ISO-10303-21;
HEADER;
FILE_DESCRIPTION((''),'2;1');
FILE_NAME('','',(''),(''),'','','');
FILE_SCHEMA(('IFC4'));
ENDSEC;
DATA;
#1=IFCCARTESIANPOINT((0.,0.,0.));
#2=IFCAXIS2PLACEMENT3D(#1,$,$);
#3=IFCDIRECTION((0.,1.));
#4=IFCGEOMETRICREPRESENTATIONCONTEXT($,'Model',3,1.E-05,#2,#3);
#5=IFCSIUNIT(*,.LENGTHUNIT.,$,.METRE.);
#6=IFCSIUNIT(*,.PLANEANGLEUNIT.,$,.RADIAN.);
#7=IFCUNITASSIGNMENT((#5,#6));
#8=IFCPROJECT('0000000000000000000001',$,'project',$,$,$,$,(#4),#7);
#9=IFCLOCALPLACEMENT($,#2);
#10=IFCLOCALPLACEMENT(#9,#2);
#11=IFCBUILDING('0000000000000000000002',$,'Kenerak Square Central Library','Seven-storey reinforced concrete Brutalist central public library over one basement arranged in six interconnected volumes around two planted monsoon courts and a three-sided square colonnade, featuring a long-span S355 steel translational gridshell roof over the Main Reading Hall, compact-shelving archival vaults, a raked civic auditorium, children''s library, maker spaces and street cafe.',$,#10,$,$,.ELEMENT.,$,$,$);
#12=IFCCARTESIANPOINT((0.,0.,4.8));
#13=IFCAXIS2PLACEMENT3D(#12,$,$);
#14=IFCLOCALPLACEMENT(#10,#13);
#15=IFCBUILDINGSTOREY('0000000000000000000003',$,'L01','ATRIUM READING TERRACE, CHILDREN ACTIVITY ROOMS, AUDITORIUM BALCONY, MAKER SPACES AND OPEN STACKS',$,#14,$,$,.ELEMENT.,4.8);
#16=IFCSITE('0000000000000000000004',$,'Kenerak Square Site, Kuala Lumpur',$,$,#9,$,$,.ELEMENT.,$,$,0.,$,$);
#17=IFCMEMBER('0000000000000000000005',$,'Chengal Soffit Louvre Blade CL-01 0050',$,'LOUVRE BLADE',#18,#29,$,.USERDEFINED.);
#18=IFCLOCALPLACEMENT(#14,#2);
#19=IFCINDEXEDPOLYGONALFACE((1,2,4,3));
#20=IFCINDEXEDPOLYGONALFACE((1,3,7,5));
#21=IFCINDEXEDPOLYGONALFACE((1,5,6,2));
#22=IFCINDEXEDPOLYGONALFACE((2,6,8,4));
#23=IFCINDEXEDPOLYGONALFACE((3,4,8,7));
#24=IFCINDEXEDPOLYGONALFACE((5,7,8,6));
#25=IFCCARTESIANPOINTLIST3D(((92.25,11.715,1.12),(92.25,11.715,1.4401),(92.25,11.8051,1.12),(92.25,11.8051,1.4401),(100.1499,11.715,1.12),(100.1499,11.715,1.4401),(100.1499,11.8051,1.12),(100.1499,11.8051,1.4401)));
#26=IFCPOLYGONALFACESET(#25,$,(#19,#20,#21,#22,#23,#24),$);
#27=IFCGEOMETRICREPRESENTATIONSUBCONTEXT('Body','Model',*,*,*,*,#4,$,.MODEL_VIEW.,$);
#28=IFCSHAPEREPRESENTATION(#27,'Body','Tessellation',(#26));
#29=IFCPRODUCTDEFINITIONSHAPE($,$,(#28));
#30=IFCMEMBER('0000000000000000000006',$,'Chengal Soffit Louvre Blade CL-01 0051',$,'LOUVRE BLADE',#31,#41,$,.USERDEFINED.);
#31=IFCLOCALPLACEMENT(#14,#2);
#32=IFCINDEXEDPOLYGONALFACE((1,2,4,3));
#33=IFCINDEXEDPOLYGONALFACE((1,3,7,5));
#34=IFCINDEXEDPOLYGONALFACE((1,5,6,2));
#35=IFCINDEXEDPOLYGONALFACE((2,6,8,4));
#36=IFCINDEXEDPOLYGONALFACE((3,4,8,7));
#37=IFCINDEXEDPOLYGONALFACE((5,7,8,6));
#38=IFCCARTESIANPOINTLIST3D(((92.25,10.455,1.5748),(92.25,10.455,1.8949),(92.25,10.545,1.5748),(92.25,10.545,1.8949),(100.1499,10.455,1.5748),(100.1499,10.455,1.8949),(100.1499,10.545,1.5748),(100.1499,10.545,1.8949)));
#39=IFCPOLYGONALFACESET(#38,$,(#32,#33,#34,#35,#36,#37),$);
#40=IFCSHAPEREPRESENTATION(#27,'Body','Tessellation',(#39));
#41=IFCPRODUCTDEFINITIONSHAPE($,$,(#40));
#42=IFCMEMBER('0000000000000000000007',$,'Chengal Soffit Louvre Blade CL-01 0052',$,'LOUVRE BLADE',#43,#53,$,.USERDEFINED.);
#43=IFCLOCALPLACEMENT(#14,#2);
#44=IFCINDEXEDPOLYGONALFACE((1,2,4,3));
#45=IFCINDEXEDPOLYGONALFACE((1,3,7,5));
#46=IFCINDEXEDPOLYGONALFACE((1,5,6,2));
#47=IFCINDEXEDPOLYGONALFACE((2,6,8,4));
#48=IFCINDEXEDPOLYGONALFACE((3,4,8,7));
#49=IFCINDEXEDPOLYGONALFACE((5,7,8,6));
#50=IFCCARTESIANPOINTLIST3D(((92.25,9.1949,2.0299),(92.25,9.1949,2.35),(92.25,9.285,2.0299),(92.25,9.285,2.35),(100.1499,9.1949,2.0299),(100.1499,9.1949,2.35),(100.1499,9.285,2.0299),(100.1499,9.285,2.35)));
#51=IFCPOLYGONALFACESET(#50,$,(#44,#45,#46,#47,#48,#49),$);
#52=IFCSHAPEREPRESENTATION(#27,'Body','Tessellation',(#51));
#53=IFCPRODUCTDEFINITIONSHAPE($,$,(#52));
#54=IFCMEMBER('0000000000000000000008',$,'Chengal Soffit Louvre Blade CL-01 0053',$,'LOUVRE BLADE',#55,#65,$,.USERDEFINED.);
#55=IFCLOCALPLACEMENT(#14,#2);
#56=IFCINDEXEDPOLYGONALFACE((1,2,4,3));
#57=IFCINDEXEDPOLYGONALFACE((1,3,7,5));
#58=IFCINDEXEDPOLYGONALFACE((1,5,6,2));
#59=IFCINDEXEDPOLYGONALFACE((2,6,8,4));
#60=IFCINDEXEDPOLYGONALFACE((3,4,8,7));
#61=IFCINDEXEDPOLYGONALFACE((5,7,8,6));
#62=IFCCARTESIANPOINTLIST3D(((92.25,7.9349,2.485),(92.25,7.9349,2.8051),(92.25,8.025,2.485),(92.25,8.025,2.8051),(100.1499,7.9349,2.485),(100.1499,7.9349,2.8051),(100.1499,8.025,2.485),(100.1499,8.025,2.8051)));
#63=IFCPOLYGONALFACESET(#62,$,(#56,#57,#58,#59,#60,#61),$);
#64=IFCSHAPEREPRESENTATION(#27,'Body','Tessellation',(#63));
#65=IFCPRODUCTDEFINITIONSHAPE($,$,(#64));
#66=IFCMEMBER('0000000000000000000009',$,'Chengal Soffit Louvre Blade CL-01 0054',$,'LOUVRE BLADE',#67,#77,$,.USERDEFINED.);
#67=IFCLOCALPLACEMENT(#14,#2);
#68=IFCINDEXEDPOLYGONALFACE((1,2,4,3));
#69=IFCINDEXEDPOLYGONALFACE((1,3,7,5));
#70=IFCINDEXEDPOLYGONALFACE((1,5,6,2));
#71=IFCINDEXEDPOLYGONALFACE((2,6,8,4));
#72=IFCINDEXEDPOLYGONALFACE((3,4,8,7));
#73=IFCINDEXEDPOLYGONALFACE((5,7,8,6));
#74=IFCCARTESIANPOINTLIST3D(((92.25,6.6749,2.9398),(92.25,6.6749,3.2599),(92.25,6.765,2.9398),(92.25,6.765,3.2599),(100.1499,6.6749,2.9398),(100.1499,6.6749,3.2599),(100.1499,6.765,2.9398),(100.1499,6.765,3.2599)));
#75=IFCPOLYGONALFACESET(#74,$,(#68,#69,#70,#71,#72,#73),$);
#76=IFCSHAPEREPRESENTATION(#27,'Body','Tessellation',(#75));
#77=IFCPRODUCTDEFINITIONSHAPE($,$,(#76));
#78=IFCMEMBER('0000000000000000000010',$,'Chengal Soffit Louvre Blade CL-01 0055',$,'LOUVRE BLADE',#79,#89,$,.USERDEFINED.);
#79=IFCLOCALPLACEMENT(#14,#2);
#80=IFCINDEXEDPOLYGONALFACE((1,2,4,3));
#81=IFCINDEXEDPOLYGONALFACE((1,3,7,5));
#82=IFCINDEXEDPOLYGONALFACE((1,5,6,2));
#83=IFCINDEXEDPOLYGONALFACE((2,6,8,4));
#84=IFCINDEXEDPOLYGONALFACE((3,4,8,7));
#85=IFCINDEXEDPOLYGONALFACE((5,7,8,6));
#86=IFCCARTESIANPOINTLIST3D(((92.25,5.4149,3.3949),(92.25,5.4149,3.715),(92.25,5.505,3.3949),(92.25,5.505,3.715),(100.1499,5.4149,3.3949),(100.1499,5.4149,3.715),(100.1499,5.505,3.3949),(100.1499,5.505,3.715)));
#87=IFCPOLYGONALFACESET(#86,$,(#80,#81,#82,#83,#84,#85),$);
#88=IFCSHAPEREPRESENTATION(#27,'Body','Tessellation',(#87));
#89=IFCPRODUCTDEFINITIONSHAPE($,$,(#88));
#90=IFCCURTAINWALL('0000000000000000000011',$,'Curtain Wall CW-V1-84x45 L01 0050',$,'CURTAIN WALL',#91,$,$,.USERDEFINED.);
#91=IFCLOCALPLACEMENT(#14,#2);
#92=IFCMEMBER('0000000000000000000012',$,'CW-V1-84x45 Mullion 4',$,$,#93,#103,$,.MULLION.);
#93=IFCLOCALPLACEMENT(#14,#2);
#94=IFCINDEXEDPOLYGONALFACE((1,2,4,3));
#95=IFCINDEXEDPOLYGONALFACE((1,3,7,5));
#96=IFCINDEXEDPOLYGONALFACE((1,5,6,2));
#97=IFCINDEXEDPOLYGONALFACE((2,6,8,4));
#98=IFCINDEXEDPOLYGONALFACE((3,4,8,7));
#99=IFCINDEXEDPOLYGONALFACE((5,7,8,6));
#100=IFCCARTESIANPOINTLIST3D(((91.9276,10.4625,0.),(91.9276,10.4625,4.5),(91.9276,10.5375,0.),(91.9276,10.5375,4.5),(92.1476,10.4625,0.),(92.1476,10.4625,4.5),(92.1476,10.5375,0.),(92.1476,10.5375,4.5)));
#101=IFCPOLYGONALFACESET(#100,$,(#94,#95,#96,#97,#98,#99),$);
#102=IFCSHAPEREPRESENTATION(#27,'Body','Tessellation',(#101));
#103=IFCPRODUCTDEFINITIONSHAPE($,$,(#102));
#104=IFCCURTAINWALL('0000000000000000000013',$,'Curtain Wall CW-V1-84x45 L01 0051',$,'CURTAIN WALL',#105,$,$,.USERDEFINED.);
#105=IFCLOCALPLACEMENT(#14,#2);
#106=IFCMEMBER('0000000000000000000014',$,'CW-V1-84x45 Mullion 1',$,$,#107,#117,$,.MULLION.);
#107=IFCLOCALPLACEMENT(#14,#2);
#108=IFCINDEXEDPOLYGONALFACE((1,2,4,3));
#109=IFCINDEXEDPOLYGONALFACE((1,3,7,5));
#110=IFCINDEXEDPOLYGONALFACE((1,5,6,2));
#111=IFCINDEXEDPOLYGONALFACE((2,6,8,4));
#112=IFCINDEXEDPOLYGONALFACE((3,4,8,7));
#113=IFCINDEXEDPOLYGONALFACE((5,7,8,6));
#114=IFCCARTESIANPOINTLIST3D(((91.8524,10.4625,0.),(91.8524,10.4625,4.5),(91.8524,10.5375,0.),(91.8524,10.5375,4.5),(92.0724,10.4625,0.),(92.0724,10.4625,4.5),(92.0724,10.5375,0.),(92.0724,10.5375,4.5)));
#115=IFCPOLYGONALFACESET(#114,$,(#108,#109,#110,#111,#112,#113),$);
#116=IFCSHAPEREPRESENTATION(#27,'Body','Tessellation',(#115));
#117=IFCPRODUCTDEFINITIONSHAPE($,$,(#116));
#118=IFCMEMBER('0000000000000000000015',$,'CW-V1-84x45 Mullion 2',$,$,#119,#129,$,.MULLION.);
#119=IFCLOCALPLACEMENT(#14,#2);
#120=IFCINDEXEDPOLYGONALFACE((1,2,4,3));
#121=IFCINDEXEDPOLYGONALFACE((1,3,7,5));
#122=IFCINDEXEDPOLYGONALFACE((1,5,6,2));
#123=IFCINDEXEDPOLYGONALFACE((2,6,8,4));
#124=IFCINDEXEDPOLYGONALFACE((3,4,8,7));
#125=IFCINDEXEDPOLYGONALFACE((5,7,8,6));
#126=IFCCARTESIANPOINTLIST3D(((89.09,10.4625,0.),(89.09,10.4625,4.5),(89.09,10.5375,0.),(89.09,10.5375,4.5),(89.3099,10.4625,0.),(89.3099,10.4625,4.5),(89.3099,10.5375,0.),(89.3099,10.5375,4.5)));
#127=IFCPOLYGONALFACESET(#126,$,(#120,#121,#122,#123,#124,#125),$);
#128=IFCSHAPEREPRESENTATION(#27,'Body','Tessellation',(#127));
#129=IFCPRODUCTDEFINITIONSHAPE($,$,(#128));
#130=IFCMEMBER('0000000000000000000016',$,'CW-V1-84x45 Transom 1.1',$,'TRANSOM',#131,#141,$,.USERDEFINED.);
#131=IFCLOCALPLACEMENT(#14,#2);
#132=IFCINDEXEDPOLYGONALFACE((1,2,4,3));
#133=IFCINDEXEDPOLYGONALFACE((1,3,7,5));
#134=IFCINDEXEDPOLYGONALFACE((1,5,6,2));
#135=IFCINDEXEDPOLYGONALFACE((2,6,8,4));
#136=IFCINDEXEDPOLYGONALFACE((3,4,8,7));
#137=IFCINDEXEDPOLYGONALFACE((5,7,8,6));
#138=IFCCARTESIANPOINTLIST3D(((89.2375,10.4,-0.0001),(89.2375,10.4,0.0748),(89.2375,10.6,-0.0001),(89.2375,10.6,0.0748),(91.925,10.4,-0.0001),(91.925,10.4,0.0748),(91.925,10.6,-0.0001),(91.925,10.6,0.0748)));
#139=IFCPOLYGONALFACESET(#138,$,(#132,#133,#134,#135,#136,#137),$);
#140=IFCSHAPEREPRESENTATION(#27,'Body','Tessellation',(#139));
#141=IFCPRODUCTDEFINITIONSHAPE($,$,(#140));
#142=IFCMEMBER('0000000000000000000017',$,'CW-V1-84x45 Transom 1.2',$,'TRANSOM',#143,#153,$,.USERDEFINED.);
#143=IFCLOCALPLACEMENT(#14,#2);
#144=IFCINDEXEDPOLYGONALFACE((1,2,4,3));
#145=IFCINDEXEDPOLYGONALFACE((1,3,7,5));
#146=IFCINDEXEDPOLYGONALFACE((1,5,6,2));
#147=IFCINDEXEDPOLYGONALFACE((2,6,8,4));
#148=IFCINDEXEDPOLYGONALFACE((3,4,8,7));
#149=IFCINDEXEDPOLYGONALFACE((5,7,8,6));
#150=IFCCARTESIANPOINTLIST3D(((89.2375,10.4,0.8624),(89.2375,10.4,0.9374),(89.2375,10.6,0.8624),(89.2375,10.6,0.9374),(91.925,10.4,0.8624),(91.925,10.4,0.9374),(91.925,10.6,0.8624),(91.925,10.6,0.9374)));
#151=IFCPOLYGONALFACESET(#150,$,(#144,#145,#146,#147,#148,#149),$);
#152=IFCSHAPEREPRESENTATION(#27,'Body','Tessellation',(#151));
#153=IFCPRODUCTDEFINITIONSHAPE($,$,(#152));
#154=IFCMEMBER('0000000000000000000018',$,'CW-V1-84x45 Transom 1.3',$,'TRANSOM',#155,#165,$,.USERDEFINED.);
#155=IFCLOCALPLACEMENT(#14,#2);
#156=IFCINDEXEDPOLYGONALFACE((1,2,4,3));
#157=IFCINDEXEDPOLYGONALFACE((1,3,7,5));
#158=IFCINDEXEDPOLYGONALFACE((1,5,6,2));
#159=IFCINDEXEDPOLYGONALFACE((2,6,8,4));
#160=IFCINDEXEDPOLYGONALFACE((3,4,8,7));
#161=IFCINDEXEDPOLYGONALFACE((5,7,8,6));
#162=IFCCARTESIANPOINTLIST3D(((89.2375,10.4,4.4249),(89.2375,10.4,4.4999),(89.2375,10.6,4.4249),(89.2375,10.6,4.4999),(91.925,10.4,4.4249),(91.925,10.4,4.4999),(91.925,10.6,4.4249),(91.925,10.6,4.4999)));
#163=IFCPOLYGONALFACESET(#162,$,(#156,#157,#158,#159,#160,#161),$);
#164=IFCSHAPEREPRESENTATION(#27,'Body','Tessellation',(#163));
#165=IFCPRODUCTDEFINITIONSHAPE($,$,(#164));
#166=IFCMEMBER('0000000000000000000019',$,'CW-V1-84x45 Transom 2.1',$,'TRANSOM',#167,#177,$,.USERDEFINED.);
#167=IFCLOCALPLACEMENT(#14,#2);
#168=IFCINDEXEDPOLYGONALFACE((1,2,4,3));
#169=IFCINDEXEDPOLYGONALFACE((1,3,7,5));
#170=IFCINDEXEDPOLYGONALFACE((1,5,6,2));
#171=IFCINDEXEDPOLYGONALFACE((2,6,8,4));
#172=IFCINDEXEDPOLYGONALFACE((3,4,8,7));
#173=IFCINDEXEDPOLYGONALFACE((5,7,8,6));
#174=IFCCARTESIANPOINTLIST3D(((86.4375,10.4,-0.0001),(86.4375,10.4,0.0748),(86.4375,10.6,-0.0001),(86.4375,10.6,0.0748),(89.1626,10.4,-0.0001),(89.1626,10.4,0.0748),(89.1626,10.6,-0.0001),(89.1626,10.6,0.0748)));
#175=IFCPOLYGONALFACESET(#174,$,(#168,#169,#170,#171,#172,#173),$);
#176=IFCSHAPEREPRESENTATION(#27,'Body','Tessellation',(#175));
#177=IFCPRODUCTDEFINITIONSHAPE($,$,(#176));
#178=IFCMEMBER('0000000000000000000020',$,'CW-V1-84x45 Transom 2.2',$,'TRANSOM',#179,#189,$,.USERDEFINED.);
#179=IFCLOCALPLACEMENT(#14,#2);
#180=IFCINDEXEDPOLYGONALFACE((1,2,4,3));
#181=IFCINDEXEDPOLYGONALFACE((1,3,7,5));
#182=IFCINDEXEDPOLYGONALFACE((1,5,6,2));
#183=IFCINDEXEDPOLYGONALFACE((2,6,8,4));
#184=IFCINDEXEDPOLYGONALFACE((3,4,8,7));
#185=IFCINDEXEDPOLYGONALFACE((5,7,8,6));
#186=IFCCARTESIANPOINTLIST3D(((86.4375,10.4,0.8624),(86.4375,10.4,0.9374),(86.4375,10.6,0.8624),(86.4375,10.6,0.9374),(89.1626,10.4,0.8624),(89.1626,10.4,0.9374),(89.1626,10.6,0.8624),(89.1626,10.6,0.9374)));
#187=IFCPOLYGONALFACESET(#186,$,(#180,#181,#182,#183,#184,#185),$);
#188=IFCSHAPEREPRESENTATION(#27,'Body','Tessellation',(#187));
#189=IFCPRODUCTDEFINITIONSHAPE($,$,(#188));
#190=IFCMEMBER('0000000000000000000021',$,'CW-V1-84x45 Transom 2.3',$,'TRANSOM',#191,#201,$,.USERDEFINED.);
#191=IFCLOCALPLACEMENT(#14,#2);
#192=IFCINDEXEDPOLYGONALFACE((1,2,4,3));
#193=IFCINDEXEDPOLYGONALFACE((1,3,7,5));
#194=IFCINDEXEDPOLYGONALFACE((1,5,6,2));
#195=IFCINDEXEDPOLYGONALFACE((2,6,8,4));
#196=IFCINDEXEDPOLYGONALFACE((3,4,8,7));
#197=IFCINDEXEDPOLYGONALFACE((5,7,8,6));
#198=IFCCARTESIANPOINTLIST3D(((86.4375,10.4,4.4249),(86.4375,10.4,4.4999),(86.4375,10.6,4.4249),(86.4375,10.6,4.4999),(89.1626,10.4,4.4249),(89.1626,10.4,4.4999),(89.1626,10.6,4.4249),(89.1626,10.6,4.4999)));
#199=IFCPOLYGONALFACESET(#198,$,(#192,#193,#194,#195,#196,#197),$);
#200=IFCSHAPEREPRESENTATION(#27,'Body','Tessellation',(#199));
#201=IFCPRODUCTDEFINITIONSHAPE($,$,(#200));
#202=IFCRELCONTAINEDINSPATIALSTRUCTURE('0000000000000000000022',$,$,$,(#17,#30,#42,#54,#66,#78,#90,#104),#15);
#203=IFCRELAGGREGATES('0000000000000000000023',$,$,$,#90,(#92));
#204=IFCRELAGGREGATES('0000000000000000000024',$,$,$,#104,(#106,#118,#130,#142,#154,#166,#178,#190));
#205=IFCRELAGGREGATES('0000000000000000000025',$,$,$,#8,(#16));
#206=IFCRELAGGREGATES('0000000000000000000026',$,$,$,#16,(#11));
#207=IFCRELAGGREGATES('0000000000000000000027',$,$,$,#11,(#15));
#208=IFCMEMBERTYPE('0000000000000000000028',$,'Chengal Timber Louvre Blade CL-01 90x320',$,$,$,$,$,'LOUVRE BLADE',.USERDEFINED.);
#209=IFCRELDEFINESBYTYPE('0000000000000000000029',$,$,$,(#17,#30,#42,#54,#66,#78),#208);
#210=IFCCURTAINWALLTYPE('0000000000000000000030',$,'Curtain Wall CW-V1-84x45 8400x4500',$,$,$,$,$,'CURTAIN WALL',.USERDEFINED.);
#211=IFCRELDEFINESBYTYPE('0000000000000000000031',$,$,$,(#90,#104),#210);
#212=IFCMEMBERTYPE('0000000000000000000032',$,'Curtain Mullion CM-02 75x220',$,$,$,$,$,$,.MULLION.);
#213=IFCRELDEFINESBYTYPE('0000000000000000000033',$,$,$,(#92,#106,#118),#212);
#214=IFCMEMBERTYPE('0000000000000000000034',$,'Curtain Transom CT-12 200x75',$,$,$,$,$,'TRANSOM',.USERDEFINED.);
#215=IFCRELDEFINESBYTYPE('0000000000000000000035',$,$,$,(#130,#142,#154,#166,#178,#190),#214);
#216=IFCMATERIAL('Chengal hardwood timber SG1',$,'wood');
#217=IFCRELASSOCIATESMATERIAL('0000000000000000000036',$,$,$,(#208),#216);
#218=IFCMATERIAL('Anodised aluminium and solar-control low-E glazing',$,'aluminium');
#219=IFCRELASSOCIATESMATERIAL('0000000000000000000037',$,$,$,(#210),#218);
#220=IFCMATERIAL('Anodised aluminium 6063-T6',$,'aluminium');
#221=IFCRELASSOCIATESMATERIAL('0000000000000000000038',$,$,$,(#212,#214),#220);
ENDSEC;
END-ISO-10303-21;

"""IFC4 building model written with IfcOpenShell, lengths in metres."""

from ifc_helpers import new_model, si_unit, direction, frame, origin, origin_2d, place, context, subcontext, project, spatial, rectangle, extrude, material, material_profile, profile_set, type_object, element, aggregate, save


model = new_model("IFC4")

# Units and contexts
model_context = context("Model", 3, precision=1e-05, world=origin(), true_north=direction((0.0, 1.0)))
body_context = subcontext(model_context, "Body", "Model", "MODEL_VIEW")
ifc_project = project(units=[si_unit("LENGTHUNIT", "METRE"), si_unit("PLANEANGLEUNIT", "RADIAN")], contexts=[model_context])

# Site, building, storey
site_placement = place(None, origin())
site = spatial("IfcSite", under=ifc_project, at=site_placement, Name="Kenerak Square Site, Kuala Lumpur", CompositionType="ELEMENT", RefElevation=0.0)
building_placement = place(site_placement, origin())
building = spatial("IfcBuilding", under=site, at=building_placement, Name="Kenerak Square Central Library", Description="Seven-storey reinforced concrete Brutalist central public library over one basement arranged in six interconnected volumes around two planted monsoon courts and a three-sided square colonnade, featuring a long-span S355 steel translational gridshell roof over the Main Reading Hall, compact-shelving archival vaults, a raked civic auditorium, children's library, maker spaces and street cafe.", CompositionType="ELEMENT")
storey_placement = place(building_placement, frame((0.0, 0.0, 4.8)))
storey = spatial("IfcBuildingStorey", under=building, at=storey_placement, Name="L01", Description="ATRIUM READING TERRACE, CHILDREN ACTIVITY ROOMS, AUDITORIUM BALCONY, MAKER SPACES AND OPEN STACKS", CompositionType="ELEMENT", Elevation=4.8)

# Members
ifc_material_1 = material(Name="Chengal hardwood timber SG1", Category="wood")
ifc_material_profile_1 = material_profile(ifc_material_1, rectangle(XDim=0.0901, YDim=0.3201, at=origin_2d()), Name="CHENGAL 90x320")
ifc_profile_set_1 = profile_set([ifc_material_profile_1], Name="Chengal hardwood timber SG1")
member_type_1 = type_object("IfcMemberType", Name="Chengal Timber Louvre Blade CL-01 90x320", ElementType="LOUVRE BLADE", PredefinedType="USERDEFINED", material=ifc_profile_set_1)
for number, where, z_axis, x_axis, name in (
    (1, (92.25, 11.76, 1.28), (1.0, 0.0, 0.0), (0.0, 1.0, 0.0), "Chengal Soffit Louvre Blade CL-01 0050"),
    (2, (92.25, 10.5, 1.7349), (1.0, 0.0, 0.0), (0.0, 1.0, 0.0), "Chengal Soffit Louvre Blade CL-01 0051"),
    (3, (92.25, 9.24, 2.1899), (1.0, 0.0, 0.0), (0.0, 1.0, 0.0), "Chengal Soffit Louvre Blade CL-01 0052"),
    (4, (92.25, 7.98, 2.645), (1.0, 0.0, 0.0), (0.0, 1.0, 0.0), "Chengal Soffit Louvre Blade CL-01 0053"),
    (5, (92.25, 6.72, 3.0999), (1.0, 0.0, 0.0), (0.0, 1.0, 0.0), "Chengal Soffit Louvre Blade CL-01 0054"),
    (6, (92.25, 5.46, 3.5549), (1.0, 0.0, 0.0), (0.0, 1.0, 0.0), "Chengal Soffit Louvre Blade CL-01 0055"),
):
    element("IfcMember", number, at=place(storey_placement, frame(where, z_axis=z_axis, x_axis=x_axis)), inside=storey, type_object=member_type_1, Name=name, ObjectType="LOUVRE BLADE", PredefinedType="USERDEFINED", context=body_context, shape_type="SweptSolid", body=[
        extrude(rectangle(XDim=0.0901, YDim=0.3201, at=origin_2d()), origin(), (0.0, 0.0, 1.0), 7.8999),
    ])

# Curtain wall, member
ifc_material_2 = material(Name="Anodised aluminium and solar-control low-E glazing", Category="aluminium")
curtain_wall_type = type_object("IfcCurtainWallType", Name="Curtain Wall CW-V1-84x45 8400x4500", ElementType="CURTAIN WALL", PredefinedType="USERDEFINED", material=ifc_material_2)
curtain_wall_1_placement = place(storey_placement, origin())
curtain_wall_1 = element("IfcCurtainWall", 7, at=curtain_wall_1_placement, inside=storey, type_object=curtain_wall_type, Name="Curtain Wall CW-V1-84x45 L01 0050", ObjectType="CURTAIN WALL", PredefinedType="USERDEFINED")
ifc_material_3 = material(Name="Anodised aluminium 6063-T6", Category="aluminium")
ifc_material_profile_2 = material_profile(ifc_material_3, rectangle(XDim=0.075, YDim=0.22, at=origin_2d()), Name="AL MULLION 75x220")
ifc_profile_set_2 = profile_set([ifc_material_profile_2], Name="Anodised aluminium 6063-T6")
member_type_2 = type_object("IfcMemberType", Name="Curtain Mullion CM-02 75x220", PredefinedType="MULLION", material=ifc_profile_set_2)
member_1_placement = place(storey_placement, frame((92.0376, 10.5, 0.0), z_axis=(0.0, 0.0, 1.0), x_axis=(0.0, -1.0, 0.0)))
member_1 = element("IfcMember", 8, at=member_1_placement, type_object=member_type_2, Name="CW-V1-84x45 Mullion 4", PredefinedType="MULLION", context=body_context, shape_type="SweptSolid", body=[
    extrude(rectangle(XDim=0.075, YDim=0.22, at=origin_2d()), origin(), (0.0, 0.0, 1.0), 4.5),
])

# Curtain wall, members
curtain_wall_2_placement = place(storey_placement, origin())
curtain_wall_2 = element("IfcCurtainWall", 9, at=curtain_wall_2_placement, inside=storey, type_object=curtain_wall_type, Name="Curtain Wall CW-V1-84x45 L01 0051", ObjectType="CURTAIN WALL", PredefinedType="USERDEFINED")
member_2_placement = place(storey_placement, frame((91.9624, 10.5, 0.0), z_axis=(0.0, 0.0, 1.0), x_axis=(0.0, -1.0, 0.0)))
member_2 = element("IfcMember", 10, at=member_2_placement, type_object=member_type_2, Name="CW-V1-84x45 Mullion 1", PredefinedType="MULLION", context=body_context, shape_type="SweptSolid", body=[
    extrude(rectangle(XDim=0.075, YDim=0.22, at=origin_2d()), origin(), (0.0, 0.0, 1.0), 4.5),
])
member_3_placement = place(storey_placement, frame((89.2, 10.5, 0.0), z_axis=(0.0, 0.0, 1.0), x_axis=(0.0, -1.0, 0.0)))
member_3 = element("IfcMember", 11, at=member_3_placement, type_object=member_type_2, Name="CW-V1-84x45 Mullion 2", PredefinedType="MULLION", context=body_context, shape_type="SweptSolid", body=[
    extrude(rectangle(XDim=0.075, YDim=0.22, at=origin_2d()), origin(), (0.0, 0.0, 1.0), 4.5),
])
ifc_material_profile_3 = material_profile(ifc_material_3, rectangle(XDim=0.2, YDim=0.075, at=origin_2d()), Name="AL TRANSOM 200x75")
ifc_profile_set_3 = profile_set([ifc_material_profile_3], Name="Anodised aluminium 6063-T6")
member_type_3 = type_object("IfcMemberType", Name="Curtain Transom CT-12 200x75", ElementType="TRANSOM", PredefinedType="USERDEFINED", material=ifc_profile_set_3)
member_4_placement = place(storey_placement, frame((91.925, 10.5, 0.0374), z_axis=(-1.0, 0.0, 0.0), x_axis=(0.0, -1.0, 0.0)))
member_4 = element("IfcMember", 12, at=member_4_placement, type_object=member_type_3, Name="CW-V1-84x45 Transom 1.1", ObjectType="TRANSOM", PredefinedType="USERDEFINED", context=body_context, shape_type="SweptSolid", body=[
    extrude(rectangle(XDim=0.2, YDim=0.075, at=origin_2d()), origin(), (0.0, 0.0, 1.0), 2.6875),
])
member_5_placement = place(storey_placement, frame((91.925, 10.5, 0.8999), z_axis=(-1.0, 0.0, 0.0), x_axis=(0.0, -1.0, 0.0)))
member_5 = element("IfcMember", 13, at=member_5_placement, type_object=member_type_3, Name="CW-V1-84x45 Transom 1.2", ObjectType="TRANSOM", PredefinedType="USERDEFINED", context=body_context, shape_type="SweptSolid", body=[
    extrude(rectangle(XDim=0.2, YDim=0.075, at=origin_2d()), origin(), (0.0, 0.0, 1.0), 2.6875),
])
member_6_placement = place(storey_placement, frame((91.925, 10.5, 4.4624), z_axis=(-1.0, 0.0, 0.0), x_axis=(0.0, -1.0, 0.0)))
member_6 = element("IfcMember", 14, at=member_6_placement, type_object=member_type_3, Name="CW-V1-84x45 Transom 1.3", ObjectType="TRANSOM", PredefinedType="USERDEFINED", context=body_context, shape_type="SweptSolid", body=[
    extrude(rectangle(XDim=0.2, YDim=0.075, at=origin_2d()), origin(), (0.0, 0.0, 1.0), 2.6875),
])
member_7_placement = place(storey_placement, frame((89.1626, 10.5, 0.0374), z_axis=(-1.0, 0.0, 0.0), x_axis=(0.0, -1.0, 0.0)))
member_7 = element("IfcMember", 15, at=member_7_placement, type_object=member_type_3, Name="CW-V1-84x45 Transom 2.1", ObjectType="TRANSOM", PredefinedType="USERDEFINED", context=body_context, shape_type="SweptSolid", body=[
    extrude(rectangle(XDim=0.2, YDim=0.075, at=origin_2d()), origin(), (0.0, 0.0, 1.0), 2.7251),
])
member_8_placement = place(storey_placement, frame((89.1626, 10.5, 0.8999), z_axis=(-1.0, 0.0, 0.0), x_axis=(0.0, -1.0, 0.0)))
member_8 = element("IfcMember", 16, at=member_8_placement, type_object=member_type_3, Name="CW-V1-84x45 Transom 2.2", ObjectType="TRANSOM", PredefinedType="USERDEFINED", context=body_context, shape_type="SweptSolid", body=[
    extrude(rectangle(XDim=0.2, YDim=0.075, at=origin_2d()), origin(), (0.0, 0.0, 1.0), 2.7251),
])
member_9_placement = place(storey_placement, frame((89.1626, 10.5, 4.4624), z_axis=(-1.0, 0.0, 0.0), x_axis=(0.0, -1.0, 0.0)))
member_9 = element("IfcMember", 17, at=member_9_placement, type_object=member_type_3, Name="CW-V1-84x45 Transom 2.3", ObjectType="TRANSOM", PredefinedType="USERDEFINED", context=body_context, shape_type="SweptSolid", body=[
    extrude(rectangle(XDim=0.2, YDim=0.075, at=origin_2d()), origin(), (0.0, 0.0, 1.0), 2.7251),
])

aggregate(curtain_wall_1, [member_1])
aggregate(curtain_wall_2, [member_2, member_3, member_4, member_5, member_6, member_7, member_8, member_9])

save(model, "model.ifc")
